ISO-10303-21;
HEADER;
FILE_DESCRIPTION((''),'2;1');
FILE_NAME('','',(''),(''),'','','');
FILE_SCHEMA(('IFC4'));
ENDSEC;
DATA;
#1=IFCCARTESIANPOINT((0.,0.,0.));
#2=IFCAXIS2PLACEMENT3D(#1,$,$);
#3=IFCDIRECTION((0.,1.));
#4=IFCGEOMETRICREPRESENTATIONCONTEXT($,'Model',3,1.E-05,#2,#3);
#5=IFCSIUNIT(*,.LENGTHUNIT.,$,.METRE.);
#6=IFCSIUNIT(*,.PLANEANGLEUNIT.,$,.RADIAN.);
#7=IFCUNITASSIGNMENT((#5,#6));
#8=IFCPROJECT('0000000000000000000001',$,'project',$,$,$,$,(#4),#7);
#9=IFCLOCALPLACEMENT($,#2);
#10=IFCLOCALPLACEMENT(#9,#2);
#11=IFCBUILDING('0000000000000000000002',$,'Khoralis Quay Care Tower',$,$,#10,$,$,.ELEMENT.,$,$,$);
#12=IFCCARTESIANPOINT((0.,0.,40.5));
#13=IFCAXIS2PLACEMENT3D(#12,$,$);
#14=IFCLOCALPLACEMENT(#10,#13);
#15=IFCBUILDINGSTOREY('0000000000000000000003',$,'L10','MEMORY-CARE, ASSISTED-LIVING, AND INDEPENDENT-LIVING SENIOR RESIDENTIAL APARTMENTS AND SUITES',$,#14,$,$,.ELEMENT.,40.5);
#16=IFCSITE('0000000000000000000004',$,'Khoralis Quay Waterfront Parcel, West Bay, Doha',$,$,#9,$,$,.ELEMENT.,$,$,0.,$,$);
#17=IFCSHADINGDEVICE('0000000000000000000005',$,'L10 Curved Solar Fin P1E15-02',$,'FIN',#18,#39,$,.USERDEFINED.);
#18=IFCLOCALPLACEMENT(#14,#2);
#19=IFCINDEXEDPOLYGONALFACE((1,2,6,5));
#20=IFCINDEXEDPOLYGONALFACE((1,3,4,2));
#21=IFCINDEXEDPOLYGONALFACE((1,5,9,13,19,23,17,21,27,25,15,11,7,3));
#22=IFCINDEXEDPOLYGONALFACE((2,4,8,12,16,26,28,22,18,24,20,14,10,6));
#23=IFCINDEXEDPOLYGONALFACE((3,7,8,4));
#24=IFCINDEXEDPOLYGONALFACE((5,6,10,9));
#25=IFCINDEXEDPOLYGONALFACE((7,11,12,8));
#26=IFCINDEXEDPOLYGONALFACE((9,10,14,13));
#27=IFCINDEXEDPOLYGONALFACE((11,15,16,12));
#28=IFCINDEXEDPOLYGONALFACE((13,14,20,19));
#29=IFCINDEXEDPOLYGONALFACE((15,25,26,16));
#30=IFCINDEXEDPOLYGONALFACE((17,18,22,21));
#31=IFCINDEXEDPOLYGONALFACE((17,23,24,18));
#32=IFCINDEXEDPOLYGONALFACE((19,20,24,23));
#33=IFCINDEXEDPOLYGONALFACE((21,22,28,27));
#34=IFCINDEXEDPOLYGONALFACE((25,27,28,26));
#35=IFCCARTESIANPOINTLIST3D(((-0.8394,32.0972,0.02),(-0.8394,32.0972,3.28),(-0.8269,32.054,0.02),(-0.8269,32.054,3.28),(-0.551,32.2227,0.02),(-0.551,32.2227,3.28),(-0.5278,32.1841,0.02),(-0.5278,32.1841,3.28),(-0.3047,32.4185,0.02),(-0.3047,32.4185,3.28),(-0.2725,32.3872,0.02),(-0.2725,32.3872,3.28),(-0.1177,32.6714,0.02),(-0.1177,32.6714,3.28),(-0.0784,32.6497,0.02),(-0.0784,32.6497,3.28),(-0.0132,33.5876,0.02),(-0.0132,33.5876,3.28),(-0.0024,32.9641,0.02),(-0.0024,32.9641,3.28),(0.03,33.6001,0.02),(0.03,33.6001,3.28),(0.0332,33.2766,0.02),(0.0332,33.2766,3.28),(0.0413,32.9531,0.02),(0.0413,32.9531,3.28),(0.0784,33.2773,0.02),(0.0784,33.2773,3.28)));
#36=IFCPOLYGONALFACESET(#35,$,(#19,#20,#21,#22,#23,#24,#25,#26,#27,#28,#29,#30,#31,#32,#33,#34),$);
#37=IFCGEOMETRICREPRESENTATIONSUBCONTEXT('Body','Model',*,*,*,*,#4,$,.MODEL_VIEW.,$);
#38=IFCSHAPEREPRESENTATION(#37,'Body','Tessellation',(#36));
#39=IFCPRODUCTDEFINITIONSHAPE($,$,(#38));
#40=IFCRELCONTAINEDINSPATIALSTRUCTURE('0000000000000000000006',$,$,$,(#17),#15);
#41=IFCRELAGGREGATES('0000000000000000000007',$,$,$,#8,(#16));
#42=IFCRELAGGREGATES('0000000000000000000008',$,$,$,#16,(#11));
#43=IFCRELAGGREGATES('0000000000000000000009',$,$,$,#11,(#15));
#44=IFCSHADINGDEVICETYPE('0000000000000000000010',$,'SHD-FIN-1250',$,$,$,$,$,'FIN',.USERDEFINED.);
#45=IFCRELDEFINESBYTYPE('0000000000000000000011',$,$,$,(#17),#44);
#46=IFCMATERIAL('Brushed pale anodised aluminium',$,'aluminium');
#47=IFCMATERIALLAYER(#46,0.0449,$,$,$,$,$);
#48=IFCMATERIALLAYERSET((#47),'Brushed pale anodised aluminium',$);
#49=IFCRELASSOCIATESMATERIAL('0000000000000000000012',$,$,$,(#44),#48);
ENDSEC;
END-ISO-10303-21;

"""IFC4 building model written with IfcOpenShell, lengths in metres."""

from ifc_helpers import new_model, si_unit, direction, frame, origin, place, context, subcontext, project, spatial, polyline, outline, extrude, source, transform, mapped, material, layer, layer_set, type_object, element, save


model = new_model("IFC4")

# Units and contexts
model_context = context("Model", 3, precision=1e-05, world=origin(), true_north=direction((0.0, 1.0)))
body_context = subcontext(model_context, "Body", "Model", "MODEL_VIEW")
ifc_project = project(units=[si_unit("LENGTHUNIT", "METRE"), si_unit("PLANEANGLEUNIT", "RADIAN")], contexts=[model_context])

# Site, building, storey
site_placement = place(None, origin())
site = spatial("IfcSite", under=ifc_project, at=site_placement, Name="Khoralis Quay Waterfront Parcel, West Bay, Doha", CompositionType="ELEMENT", RefElevation=0.0)
building_placement = place(site_placement, origin())
building = spatial("IfcBuilding", under=site, at=building_placement, Name="Khoralis Quay Care Tower", CompositionType="ELEMENT")
storey_placement = place(building_placement, frame((0.0, 0.0, 40.5)))
storey = spatial("IfcBuildingStorey", under=building, at=storey_placement, Name="L10", Description="MEMORY-CARE, ASSISTED-LIVING, AND INDEPENDENT-LIVING SENIOR RESIDENTIAL APARTMENTS AND SUITES", CompositionType="ELEMENT", Elevation=40.5)

# Shading device
ifc_material_1 = material(Name="Brushed pale anodised aluminium", Category="aluminium")
ifc_layer_1 = layer(ifc_material_1, 0.0449)
ifc_layer_set_1 = layer_set([ifc_layer_1], Name="Brushed pale anodised aluminium")
shading_device_type = type_object("IfcShadingDeviceType", Name="SHD-FIN-1250", ElementType="FIN", PredefinedType="USERDEFINED", material=ifc_layer_set_1)
shared_shape_1 = source(origin(), body_context, "Body", "SweptSolid", [
    extrude(outline(polyline([(0.0, 0.0), (-0.0483, 0.3228), (-0.0112, 0.647), (0.1084, 0.9504), (0.3025, 1.2129), (0.5579, 1.416), (0.8569, 1.5461), (0.8694, 1.5029), (0.5811, 1.3774), (0.3347, 1.1816), (0.1477, 0.9287), (0.0325, 0.636), (-0.0032, 0.3235), (0.0432, 0.0125), (0.0, 0.0)])), origin(), (0.0, 0.0, 1.0), 3.26),
])
shading_device_placement = place(storey_placement, frame((0.03, 33.6001, 0.02), z_axis=(0.0, 0.0, 1.0), x_axis=(-1.0, 0.0, 0.0)))
element("IfcShadingDevice", 1, at=shading_device_placement, inside=storey, type_object=shading_device_type, Name="L10 Curved Solar Fin P1E15-02", ObjectType="FIN", PredefinedType="USERDEFINED", context=body_context, shape_type="MappedRepresentation", body=[
    mapped(shared_shape_1, transform((0.0, 0.0, 0.0), scale=1.0)),
])

save(model, "model.ifc")
